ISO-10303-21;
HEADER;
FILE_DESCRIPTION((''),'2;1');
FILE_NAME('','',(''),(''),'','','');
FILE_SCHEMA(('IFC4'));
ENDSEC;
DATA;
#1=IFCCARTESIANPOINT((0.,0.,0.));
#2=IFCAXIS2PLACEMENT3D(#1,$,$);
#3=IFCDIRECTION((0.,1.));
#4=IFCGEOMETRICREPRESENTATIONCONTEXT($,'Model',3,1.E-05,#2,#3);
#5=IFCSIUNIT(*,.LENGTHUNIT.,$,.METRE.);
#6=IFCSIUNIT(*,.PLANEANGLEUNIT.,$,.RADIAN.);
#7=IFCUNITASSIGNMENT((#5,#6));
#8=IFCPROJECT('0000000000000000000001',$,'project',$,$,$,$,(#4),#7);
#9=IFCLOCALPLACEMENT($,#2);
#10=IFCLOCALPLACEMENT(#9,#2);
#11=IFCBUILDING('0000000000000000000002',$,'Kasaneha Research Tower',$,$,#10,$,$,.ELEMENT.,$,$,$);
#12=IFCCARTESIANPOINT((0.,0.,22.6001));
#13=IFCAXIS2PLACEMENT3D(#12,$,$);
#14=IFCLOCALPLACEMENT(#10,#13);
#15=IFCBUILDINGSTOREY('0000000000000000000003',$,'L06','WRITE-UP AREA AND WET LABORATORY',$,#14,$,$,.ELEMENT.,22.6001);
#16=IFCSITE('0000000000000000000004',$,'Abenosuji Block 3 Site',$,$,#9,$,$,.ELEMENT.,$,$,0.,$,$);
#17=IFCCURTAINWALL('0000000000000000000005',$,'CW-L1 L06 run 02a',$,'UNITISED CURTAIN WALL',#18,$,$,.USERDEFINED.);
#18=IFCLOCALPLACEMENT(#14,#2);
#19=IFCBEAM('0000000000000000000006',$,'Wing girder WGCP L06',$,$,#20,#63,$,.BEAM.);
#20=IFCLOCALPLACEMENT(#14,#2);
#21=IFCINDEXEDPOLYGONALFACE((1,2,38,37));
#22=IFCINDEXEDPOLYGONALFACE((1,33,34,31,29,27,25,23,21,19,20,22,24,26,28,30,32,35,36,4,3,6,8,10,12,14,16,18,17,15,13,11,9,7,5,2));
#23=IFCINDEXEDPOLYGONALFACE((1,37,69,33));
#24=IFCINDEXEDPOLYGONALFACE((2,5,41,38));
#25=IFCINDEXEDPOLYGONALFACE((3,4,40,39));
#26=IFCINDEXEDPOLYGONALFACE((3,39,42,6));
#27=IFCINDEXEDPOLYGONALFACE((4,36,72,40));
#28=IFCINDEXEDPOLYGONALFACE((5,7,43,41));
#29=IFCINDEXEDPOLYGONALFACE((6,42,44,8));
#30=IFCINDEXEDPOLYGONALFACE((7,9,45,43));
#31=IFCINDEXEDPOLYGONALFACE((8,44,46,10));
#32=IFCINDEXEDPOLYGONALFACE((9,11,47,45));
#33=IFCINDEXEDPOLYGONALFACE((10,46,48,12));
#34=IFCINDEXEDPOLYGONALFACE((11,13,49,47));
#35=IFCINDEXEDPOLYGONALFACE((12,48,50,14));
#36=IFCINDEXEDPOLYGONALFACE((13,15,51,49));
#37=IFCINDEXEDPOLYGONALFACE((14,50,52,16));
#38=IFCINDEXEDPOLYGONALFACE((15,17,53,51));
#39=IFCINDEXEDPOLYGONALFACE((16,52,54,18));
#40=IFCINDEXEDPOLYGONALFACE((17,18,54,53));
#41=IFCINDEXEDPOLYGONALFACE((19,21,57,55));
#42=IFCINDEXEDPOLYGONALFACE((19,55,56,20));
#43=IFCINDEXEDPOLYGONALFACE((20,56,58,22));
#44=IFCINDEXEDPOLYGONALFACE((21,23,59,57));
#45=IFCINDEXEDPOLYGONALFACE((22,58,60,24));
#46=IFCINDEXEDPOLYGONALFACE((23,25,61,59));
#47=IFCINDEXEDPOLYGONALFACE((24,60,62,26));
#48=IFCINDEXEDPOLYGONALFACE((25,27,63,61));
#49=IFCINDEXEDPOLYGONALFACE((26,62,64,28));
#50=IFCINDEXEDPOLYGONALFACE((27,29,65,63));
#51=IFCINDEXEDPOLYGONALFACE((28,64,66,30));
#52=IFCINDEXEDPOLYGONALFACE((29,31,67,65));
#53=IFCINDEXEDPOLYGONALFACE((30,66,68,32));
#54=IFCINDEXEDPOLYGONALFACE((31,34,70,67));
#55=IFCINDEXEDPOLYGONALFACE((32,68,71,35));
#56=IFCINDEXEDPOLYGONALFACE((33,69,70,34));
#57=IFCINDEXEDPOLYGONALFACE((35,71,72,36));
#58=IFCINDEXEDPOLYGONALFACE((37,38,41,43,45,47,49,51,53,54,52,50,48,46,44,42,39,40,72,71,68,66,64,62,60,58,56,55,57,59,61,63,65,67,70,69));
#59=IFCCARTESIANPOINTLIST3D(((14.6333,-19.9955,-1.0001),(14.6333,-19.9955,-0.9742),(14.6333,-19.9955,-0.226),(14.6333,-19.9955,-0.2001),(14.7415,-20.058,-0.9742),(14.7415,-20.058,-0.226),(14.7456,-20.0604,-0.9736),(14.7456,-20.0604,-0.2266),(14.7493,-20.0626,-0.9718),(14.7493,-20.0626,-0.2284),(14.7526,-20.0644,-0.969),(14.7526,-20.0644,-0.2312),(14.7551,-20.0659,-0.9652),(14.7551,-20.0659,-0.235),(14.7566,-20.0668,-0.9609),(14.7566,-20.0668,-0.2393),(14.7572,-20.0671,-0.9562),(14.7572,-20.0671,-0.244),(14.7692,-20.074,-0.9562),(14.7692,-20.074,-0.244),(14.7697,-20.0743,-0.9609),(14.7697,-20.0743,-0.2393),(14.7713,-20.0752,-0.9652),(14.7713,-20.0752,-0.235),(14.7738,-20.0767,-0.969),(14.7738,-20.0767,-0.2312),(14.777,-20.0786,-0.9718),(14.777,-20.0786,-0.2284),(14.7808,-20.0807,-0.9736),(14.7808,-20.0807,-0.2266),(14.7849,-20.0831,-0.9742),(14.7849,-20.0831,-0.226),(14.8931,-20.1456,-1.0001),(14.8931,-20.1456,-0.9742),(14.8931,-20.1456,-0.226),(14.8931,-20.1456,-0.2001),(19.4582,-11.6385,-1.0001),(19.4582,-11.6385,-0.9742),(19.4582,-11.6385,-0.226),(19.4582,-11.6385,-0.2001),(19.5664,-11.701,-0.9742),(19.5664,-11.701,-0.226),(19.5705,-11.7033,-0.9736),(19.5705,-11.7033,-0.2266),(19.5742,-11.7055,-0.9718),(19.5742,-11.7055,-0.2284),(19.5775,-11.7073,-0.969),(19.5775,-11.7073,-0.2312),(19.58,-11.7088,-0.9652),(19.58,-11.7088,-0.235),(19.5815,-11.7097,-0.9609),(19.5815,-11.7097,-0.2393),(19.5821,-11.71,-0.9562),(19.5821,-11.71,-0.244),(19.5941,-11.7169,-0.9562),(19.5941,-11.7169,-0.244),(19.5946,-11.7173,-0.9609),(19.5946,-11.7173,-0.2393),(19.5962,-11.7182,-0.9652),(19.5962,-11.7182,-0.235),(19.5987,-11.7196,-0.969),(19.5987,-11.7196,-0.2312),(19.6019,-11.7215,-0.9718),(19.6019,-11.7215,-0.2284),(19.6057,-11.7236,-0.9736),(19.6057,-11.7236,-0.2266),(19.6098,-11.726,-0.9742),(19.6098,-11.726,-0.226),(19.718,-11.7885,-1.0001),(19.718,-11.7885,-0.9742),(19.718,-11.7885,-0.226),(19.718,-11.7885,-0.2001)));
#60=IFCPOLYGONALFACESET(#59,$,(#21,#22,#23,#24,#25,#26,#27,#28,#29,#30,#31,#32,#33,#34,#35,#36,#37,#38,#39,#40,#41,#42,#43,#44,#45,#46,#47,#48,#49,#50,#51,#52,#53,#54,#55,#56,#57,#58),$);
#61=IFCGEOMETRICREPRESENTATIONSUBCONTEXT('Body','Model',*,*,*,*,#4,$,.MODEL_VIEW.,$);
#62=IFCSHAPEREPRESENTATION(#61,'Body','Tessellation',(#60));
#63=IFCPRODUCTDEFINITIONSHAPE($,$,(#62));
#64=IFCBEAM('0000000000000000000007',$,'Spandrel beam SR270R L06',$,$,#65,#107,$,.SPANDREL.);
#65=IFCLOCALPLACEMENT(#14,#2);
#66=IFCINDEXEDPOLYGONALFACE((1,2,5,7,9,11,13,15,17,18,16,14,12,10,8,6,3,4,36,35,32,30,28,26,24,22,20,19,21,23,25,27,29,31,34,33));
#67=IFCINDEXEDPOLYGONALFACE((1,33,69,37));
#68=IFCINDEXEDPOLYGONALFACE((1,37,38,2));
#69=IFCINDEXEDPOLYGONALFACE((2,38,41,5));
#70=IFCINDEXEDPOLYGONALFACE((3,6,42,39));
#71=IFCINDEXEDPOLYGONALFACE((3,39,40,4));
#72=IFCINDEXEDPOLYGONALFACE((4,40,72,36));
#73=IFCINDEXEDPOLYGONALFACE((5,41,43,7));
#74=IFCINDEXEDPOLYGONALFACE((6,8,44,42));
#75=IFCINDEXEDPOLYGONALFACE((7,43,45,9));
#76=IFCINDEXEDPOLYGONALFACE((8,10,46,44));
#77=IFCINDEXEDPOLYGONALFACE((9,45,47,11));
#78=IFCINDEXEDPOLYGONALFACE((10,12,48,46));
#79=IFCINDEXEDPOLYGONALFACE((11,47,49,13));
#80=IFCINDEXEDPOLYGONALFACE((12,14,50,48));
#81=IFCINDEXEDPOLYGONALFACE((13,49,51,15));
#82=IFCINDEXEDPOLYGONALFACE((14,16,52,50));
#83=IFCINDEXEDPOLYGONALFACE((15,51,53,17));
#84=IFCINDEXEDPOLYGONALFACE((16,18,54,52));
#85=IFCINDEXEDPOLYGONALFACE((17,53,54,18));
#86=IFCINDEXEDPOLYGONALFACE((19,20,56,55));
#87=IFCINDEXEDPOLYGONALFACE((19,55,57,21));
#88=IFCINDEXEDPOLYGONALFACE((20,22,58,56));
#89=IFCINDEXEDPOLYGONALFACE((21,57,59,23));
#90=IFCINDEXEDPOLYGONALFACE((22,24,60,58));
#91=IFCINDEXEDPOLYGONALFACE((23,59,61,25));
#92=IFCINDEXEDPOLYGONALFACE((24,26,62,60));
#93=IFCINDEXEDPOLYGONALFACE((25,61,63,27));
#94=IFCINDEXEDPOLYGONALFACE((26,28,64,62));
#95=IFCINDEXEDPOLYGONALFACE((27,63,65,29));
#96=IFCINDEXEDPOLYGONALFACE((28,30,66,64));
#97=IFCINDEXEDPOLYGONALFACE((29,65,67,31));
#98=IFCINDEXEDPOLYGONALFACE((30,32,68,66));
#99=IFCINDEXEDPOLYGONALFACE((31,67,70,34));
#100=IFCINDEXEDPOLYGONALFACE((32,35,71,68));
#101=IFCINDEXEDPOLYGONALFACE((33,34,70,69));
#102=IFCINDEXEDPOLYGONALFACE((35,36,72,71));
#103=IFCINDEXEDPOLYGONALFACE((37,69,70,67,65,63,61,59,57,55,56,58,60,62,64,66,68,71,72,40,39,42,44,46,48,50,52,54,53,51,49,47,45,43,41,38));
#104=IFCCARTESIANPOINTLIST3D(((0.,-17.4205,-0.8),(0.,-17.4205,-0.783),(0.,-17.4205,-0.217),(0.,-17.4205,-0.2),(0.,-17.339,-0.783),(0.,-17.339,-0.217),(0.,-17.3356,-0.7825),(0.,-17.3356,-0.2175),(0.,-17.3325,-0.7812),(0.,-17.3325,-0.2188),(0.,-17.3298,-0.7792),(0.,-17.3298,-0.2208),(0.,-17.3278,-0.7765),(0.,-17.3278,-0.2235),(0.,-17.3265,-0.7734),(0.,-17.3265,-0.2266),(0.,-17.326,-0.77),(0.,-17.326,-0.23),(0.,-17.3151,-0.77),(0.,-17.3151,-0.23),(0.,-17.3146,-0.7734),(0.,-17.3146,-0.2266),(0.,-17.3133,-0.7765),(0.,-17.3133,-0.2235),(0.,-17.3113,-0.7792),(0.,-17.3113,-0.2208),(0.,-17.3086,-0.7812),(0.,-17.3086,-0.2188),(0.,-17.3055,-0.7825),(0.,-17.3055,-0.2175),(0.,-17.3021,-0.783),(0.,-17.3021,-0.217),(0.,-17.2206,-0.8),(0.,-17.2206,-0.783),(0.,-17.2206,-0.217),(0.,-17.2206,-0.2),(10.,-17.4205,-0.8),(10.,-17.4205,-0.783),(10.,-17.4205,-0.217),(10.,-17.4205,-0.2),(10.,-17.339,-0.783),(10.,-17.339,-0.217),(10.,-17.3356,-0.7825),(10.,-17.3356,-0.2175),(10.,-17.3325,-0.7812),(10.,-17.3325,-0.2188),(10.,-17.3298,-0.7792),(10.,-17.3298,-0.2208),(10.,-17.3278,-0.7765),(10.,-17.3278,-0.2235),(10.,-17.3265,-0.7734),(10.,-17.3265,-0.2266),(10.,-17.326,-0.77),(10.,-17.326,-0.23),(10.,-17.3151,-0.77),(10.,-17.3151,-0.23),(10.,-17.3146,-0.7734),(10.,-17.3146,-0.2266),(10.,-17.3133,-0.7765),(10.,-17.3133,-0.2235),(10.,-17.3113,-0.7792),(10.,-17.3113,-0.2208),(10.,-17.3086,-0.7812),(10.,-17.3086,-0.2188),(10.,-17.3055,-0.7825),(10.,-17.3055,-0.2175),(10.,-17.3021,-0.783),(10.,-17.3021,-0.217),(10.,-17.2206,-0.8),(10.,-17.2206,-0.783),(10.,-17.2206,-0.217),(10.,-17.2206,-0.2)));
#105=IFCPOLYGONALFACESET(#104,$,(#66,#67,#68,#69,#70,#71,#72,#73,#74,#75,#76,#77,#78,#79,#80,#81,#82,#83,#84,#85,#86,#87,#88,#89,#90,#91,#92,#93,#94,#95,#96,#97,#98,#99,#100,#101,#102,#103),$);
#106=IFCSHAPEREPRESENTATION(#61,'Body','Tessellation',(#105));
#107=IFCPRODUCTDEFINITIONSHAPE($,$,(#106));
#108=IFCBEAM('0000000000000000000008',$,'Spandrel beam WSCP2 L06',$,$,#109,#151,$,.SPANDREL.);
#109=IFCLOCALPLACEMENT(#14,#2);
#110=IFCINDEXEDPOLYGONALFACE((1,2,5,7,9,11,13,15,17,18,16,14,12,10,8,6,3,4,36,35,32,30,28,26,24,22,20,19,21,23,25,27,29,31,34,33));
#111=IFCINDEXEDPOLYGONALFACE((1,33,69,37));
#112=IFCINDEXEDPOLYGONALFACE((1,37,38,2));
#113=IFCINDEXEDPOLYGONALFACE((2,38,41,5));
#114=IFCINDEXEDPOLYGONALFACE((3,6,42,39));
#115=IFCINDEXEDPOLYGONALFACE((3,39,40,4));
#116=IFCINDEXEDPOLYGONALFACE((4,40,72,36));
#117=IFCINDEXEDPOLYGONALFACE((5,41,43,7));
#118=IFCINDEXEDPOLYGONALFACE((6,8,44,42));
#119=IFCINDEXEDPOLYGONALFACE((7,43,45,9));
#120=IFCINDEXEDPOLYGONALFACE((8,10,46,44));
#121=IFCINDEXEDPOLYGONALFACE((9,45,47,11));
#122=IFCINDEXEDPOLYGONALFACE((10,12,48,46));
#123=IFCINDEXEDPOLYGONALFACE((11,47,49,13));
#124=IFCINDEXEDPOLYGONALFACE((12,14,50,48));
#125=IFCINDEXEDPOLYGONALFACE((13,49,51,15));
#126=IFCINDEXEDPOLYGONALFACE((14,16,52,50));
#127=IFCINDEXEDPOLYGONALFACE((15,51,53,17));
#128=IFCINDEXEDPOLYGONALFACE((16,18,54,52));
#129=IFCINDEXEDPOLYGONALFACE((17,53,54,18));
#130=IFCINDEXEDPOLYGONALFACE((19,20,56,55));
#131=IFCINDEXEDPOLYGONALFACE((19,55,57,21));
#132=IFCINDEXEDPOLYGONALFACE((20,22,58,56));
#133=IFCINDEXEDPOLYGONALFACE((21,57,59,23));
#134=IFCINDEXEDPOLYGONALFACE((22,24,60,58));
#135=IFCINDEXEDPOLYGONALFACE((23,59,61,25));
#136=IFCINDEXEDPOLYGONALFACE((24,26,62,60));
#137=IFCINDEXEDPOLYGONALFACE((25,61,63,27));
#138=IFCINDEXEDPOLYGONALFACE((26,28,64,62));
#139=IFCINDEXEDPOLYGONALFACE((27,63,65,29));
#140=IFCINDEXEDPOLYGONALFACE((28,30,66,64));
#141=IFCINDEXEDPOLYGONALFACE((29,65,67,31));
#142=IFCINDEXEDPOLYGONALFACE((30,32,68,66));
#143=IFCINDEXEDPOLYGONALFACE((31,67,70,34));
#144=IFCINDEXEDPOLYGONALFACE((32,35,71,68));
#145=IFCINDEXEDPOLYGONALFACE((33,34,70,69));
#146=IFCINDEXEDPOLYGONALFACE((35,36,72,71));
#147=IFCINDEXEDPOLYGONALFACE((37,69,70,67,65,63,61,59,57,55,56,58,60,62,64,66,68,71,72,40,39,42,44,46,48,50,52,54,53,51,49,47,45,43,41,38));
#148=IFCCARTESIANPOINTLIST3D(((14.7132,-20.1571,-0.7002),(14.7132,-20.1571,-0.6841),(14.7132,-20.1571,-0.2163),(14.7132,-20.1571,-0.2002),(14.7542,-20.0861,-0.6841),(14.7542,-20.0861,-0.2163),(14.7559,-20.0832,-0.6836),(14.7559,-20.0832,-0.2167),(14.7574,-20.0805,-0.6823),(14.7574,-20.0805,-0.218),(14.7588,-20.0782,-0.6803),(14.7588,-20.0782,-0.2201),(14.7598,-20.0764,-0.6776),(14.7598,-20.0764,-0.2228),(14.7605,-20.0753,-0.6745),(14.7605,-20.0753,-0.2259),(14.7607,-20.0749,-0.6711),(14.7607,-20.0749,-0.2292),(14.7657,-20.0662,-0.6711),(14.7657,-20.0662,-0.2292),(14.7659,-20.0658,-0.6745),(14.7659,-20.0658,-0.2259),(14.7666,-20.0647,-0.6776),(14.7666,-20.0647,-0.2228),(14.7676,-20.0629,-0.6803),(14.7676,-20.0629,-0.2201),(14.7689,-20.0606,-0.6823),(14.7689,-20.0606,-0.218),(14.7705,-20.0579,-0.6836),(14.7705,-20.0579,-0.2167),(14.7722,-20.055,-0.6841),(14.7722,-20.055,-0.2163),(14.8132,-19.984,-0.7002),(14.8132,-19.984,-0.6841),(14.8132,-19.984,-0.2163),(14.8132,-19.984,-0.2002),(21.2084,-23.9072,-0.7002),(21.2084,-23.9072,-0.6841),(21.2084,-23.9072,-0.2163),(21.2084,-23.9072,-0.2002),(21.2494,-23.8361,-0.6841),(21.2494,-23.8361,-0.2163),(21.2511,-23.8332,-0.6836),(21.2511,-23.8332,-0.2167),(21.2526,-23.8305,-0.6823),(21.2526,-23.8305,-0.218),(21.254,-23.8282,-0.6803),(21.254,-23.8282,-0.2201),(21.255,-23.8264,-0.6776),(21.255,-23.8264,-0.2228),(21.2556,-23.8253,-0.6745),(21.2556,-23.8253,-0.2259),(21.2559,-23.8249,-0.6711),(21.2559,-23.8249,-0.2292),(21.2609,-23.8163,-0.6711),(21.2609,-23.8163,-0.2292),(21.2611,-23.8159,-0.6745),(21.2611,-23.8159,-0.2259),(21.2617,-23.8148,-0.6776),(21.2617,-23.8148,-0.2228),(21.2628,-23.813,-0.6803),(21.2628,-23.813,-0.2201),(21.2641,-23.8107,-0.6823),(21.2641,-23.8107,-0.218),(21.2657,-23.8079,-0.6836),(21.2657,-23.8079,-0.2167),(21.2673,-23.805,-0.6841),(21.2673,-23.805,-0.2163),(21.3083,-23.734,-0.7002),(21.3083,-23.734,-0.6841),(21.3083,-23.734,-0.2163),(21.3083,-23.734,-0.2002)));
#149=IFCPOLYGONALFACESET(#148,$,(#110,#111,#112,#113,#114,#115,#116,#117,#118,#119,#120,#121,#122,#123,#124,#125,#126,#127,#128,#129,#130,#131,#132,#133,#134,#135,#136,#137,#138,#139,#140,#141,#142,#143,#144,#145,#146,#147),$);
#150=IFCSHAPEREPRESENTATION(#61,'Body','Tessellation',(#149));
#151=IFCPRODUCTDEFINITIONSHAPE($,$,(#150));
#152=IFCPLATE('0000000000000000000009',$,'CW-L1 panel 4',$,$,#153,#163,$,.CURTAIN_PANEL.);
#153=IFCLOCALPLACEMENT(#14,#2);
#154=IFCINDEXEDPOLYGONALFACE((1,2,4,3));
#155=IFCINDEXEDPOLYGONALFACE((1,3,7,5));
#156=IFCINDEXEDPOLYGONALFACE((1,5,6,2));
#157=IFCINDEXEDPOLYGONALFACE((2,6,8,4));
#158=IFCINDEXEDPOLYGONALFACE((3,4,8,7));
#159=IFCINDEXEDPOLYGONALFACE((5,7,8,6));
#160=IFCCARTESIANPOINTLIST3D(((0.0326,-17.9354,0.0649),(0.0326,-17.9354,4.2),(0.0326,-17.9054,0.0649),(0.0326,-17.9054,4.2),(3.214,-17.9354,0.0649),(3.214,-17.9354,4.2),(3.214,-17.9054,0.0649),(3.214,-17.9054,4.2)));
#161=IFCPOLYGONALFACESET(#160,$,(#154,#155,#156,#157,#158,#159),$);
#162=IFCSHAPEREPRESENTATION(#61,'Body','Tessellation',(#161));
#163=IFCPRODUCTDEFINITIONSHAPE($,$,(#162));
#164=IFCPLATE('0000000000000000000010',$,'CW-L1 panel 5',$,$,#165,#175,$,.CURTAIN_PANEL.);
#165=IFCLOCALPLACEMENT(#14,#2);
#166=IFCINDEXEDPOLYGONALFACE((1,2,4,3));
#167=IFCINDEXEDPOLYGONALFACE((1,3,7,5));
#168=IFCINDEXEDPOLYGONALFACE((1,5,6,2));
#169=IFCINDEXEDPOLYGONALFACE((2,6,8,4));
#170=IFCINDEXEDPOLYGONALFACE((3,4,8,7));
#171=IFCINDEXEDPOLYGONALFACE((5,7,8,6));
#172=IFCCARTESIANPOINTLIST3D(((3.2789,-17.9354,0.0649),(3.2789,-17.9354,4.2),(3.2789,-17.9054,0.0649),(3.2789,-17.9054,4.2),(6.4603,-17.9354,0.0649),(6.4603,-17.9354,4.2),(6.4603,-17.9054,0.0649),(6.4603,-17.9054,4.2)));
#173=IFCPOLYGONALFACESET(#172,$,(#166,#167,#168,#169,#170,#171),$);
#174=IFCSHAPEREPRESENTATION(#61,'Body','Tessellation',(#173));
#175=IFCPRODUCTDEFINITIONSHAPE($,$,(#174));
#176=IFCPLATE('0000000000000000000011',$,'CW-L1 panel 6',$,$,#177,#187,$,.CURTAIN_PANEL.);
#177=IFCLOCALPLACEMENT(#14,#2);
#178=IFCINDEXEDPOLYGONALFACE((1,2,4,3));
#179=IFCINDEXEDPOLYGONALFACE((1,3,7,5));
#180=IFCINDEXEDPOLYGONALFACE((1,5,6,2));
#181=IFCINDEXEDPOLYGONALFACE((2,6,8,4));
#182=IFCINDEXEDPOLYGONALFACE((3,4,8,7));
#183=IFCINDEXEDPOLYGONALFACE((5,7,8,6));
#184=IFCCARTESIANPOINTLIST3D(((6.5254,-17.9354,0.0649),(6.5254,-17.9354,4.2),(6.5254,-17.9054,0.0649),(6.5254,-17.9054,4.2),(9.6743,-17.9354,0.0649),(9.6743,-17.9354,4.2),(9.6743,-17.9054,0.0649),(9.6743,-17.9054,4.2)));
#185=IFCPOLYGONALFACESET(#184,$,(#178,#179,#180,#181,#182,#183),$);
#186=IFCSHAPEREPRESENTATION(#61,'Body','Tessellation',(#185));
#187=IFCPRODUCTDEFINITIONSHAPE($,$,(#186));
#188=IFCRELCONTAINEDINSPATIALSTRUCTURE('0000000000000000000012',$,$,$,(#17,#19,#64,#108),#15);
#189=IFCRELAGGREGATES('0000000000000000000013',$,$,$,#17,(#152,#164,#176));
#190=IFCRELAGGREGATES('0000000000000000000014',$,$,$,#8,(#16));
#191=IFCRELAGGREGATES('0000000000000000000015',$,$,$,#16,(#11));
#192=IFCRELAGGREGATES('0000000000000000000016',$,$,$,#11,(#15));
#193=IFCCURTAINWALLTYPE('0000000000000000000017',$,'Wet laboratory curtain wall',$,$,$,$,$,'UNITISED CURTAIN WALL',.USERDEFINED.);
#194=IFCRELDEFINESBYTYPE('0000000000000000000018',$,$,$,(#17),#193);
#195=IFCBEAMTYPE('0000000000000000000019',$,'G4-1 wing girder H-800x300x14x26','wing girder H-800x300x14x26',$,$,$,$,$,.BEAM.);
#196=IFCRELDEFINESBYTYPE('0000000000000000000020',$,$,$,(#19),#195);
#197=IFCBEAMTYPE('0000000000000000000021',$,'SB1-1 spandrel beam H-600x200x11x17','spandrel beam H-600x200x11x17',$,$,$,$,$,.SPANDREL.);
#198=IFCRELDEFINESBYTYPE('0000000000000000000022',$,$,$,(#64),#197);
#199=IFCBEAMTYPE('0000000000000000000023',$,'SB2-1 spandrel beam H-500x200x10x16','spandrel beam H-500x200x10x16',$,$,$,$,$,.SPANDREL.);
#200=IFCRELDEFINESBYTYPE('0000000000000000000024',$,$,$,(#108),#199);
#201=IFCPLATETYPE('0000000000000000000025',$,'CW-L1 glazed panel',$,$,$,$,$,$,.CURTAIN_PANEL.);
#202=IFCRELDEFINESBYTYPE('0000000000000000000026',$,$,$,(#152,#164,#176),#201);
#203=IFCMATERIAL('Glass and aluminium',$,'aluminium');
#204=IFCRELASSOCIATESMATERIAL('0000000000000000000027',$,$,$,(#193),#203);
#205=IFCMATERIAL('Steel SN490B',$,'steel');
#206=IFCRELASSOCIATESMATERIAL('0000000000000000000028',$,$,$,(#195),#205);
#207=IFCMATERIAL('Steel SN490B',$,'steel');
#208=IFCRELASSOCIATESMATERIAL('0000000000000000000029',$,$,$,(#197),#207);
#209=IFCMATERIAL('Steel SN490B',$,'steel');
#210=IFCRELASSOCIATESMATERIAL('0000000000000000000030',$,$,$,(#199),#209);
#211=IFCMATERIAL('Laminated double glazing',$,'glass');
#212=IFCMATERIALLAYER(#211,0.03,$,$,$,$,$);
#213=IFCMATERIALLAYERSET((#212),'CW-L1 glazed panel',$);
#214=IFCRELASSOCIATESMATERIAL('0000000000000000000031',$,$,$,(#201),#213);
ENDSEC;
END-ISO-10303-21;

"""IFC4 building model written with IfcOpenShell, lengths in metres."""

from ifc_helpers import new_model, si_unit, direction, frame, origin, origin_2d, place, context, subcontext, project, spatial, rectangle, i_section, extrude, material, layer, layer_set, material_profile, profile_set, type_object, element, aggregate, save


model = new_model("IFC4")

# Units and contexts
model_context = context("Model", 3, precision=1e-05, world=origin(), true_north=direction((0.0, 1.0)))
body_context = subcontext(model_context, "Body", "Model", "MODEL_VIEW")
ifc_project = project(units=[si_unit("LENGTHUNIT", "METRE"), si_unit("PLANEANGLEUNIT", "RADIAN")], contexts=[model_context])

# Site, building, storey
site_placement = place(None, origin())
site = spatial("IfcSite", under=ifc_project, at=site_placement, Name="Abenosuji Block 3 Site", CompositionType="ELEMENT", RefElevation=0.0)
building_placement = place(site_placement, origin())
building = spatial("IfcBuilding", under=site, at=building_placement, Name="Kasaneha Research Tower", CompositionType="ELEMENT")
storey_placement = place(building_placement, frame((0.0, 0.0, 22.6001)))
storey = spatial("IfcBuildingStorey", under=building, at=storey_placement, Name="L06", Description="WRITE-UP AREA AND WET LABORATORY", CompositionType="ELEMENT", Elevation=22.6001)

# Curtain wall
ifc_material_1 = material(Name="Glass and aluminium", Category="aluminium")
curtain_wall_type = type_object("IfcCurtainWallType", Name="Wet laboratory curtain wall", ElementType="UNITISED CURTAIN WALL", PredefinedType="USERDEFINED", material=ifc_material_1)
curtain_wall_1_placement = place(storey_placement, origin())
curtain_wall_1 = element("IfcCurtainWall", 1, at=curtain_wall_1_placement, inside=storey, type_object=curtain_wall_type, Name="CW-L1 L06 run 02a", ObjectType="UNITISED CURTAIN WALL", PredefinedType="USERDEFINED")

# Beams
ifc_material_2 = material(Name="Steel SN490B", Category="steel")
ifc_material_profile_1 = material_profile(ifc_material_2, i_section(OverallWidth=0.3, OverallDepth=0.8, WebThickness=0.0139, FlangeThickness=0.0259, FilletRadius=0.0181, at=origin_2d()), Name="H-800x300x14x26")
ifc_profile_set_1 = profile_set([ifc_material_profile_1], Name="Steel SN490B")
beam_type_1 = type_object("IfcBeamType", Name="G4-1 wing girder H-800x300x14x26", Description="wing girder H-800x300x14x26", PredefinedType="BEAM", material=ifc_profile_set_1)
beam_1_placement = place(storey_placement, frame((14.7632, -20.0706, -0.6001), z_axis=(0.499995, 0.866028, 0.0), x_axis=(-0.866028, 0.499995, 0.0)))
element("IfcBeam", 2, at=beam_1_placement, inside=storey, type_object=beam_type_1, Name="Wing girder WGCP L06", PredefinedType="BEAM", context=body_context, shape_type="SweptSolid", body=[
    extrude(i_section(OverallWidth=0.3, OverallDepth=0.8, WebThickness=0.0139, FlangeThickness=0.0259, FilletRadius=0.0181, at=origin_2d()), origin(), (0.0, 0.0, 1.0), 9.6499),
])
ifc_material_3 = material(Name="Steel SN490B", Category="steel")
ifc_material_profile_2 = material_profile(ifc_material_3, i_section(OverallWidth=0.2, OverallDepth=0.6001, WebThickness=0.011, FlangeThickness=0.0171, FilletRadius=0.0129, at=origin_2d()), Name="H-600x200x11x17")
ifc_profile_set_2 = profile_set([ifc_material_profile_2], Name="Steel SN490B")
beam_type_2 = type_object("IfcBeamType", Name="SB1-1 spandrel beam H-600x200x11x17", Description="spandrel beam H-600x200x11x17", PredefinedType="SPANDREL", material=ifc_profile_set_2)
beam_2_placement = place(storey_placement, frame((10.0, -17.3206, -0.5), z_axis=(-1.0, 0.0, 0.0), x_axis=(0.0, -1.0, 0.0)))
element("IfcBeam", 3, at=beam_2_placement, inside=storey, type_object=beam_type_2, Name="Spandrel beam SR270R L06", PredefinedType="SPANDREL", context=body_context, shape_type="SweptSolid", body=[
    extrude(i_section(OverallWidth=0.2, OverallDepth=0.6001, WebThickness=0.011, FlangeThickness=0.0171, FilletRadius=0.0129, at=origin_2d()), origin(), (0.0, 0.0, 1.0), 10.0),
])
ifc_material_4 = material(Name="Steel SN490B", Category="steel")
ifc_material_profile_3 = material_profile(ifc_material_4, i_section(OverallWidth=0.2, OverallDepth=0.5, WebThickness=0.01, FlangeThickness=0.0161, FilletRadius=0.0129, at=origin_2d()), Name="H-500x200x10x16")
ifc_profile_set_3 = profile_set([ifc_material_profile_3], Name="Steel SN490B")
beam_type_3 = type_object("IfcBeamType", Name="SB2-1 spandrel beam H-500x200x10x16", Description="spandrel beam H-500x200x10x16", PredefinedType="SPANDREL", material=ifc_profile_set_3)
beam_3_placement = place(storey_placement, frame((14.7632, -20.0706, -0.4502), z_axis=(0.866023, -0.500004, 0.0), x_axis=(0.500004, 0.866023, 0.0)))
element("IfcBeam", 4, at=beam_3_placement, inside=storey, type_object=beam_type_3, Name="Spandrel beam WSCP2 L06", PredefinedType="SPANDREL", context=body_context, shape_type="SweptSolid", body=[
    extrude(i_section(OverallWidth=0.2, OverallDepth=0.5, WebThickness=0.01, FlangeThickness=0.0161, FilletRadius=0.0129, at=origin_2d()), origin(), (0.0, 0.0, 1.0), 7.5),
])

# Plates
ifc_material_5 = material(Name="Laminated double glazing", Category="glass")
ifc_layer_1 = layer(ifc_material_5, 0.03)
ifc_layer_set_1 = layer_set([ifc_layer_1], Name="CW-L1 glazed panel")
plate_type = type_object("IfcPlateType", Name="CW-L1 glazed panel", PredefinedType="CURTAIN_PANEL", material=ifc_layer_set_1)
plate_1_placement = place(storey_placement, frame((1.6233, -17.9204, 0.0649), z_axis=(0.0, 0.0, 1.0), x_axis=(1.0, 0.0, 0.0)))
plate_1 = element("IfcPlate", 5, at=plate_1_placement, type_object=plate_type, Name="CW-L1 panel 4", PredefinedType="CURTAIN_PANEL", context=body_context, shape_type="SweptSolid", body=[
    extrude(rectangle(XDim=3.1814, YDim=0.03, at=origin_2d()), origin(), (0.0, 0.0, 1.0), 4.135),
])
plate_2_placement = place(storey_placement, frame((4.8696, -17.9204, 0.0649), z_axis=(0.0, 0.0, 1.0), x_axis=(1.0, 0.0, 0.0)))
plate_2 = element("IfcPlate", 6, at=plate_2_placement, type_object=plate_type, Name="CW-L1 panel 5", PredefinedType="CURTAIN_PANEL", context=body_context, shape_type="SweptSolid", body=[
    extrude(rectangle(XDim=3.1814, YDim=0.03, at=origin_2d()), origin(), (0.0, 0.0, 1.0), 4.135),
])
plate_3_placement = place(storey_placement, frame((8.0999, -17.9204, 0.0649), z_axis=(0.0, 0.0, 1.0), x_axis=(1.0, 0.0, 0.0)))
plate_3 = element("IfcPlate", 7, at=plate_3_placement, type_object=plate_type, Name="CW-L1 panel 6", PredefinedType="CURTAIN_PANEL", context=body_context, shape_type="SweptSolid", body=[
    extrude(rectangle(XDim=3.1489, YDim=0.03, at=origin_2d()), origin(), (0.0, 0.0, 1.0), 4.135),
])
aggregate(curtain_wall_1, [plate_1, plate_2, plate_3])

save(model, "model.ifc")
